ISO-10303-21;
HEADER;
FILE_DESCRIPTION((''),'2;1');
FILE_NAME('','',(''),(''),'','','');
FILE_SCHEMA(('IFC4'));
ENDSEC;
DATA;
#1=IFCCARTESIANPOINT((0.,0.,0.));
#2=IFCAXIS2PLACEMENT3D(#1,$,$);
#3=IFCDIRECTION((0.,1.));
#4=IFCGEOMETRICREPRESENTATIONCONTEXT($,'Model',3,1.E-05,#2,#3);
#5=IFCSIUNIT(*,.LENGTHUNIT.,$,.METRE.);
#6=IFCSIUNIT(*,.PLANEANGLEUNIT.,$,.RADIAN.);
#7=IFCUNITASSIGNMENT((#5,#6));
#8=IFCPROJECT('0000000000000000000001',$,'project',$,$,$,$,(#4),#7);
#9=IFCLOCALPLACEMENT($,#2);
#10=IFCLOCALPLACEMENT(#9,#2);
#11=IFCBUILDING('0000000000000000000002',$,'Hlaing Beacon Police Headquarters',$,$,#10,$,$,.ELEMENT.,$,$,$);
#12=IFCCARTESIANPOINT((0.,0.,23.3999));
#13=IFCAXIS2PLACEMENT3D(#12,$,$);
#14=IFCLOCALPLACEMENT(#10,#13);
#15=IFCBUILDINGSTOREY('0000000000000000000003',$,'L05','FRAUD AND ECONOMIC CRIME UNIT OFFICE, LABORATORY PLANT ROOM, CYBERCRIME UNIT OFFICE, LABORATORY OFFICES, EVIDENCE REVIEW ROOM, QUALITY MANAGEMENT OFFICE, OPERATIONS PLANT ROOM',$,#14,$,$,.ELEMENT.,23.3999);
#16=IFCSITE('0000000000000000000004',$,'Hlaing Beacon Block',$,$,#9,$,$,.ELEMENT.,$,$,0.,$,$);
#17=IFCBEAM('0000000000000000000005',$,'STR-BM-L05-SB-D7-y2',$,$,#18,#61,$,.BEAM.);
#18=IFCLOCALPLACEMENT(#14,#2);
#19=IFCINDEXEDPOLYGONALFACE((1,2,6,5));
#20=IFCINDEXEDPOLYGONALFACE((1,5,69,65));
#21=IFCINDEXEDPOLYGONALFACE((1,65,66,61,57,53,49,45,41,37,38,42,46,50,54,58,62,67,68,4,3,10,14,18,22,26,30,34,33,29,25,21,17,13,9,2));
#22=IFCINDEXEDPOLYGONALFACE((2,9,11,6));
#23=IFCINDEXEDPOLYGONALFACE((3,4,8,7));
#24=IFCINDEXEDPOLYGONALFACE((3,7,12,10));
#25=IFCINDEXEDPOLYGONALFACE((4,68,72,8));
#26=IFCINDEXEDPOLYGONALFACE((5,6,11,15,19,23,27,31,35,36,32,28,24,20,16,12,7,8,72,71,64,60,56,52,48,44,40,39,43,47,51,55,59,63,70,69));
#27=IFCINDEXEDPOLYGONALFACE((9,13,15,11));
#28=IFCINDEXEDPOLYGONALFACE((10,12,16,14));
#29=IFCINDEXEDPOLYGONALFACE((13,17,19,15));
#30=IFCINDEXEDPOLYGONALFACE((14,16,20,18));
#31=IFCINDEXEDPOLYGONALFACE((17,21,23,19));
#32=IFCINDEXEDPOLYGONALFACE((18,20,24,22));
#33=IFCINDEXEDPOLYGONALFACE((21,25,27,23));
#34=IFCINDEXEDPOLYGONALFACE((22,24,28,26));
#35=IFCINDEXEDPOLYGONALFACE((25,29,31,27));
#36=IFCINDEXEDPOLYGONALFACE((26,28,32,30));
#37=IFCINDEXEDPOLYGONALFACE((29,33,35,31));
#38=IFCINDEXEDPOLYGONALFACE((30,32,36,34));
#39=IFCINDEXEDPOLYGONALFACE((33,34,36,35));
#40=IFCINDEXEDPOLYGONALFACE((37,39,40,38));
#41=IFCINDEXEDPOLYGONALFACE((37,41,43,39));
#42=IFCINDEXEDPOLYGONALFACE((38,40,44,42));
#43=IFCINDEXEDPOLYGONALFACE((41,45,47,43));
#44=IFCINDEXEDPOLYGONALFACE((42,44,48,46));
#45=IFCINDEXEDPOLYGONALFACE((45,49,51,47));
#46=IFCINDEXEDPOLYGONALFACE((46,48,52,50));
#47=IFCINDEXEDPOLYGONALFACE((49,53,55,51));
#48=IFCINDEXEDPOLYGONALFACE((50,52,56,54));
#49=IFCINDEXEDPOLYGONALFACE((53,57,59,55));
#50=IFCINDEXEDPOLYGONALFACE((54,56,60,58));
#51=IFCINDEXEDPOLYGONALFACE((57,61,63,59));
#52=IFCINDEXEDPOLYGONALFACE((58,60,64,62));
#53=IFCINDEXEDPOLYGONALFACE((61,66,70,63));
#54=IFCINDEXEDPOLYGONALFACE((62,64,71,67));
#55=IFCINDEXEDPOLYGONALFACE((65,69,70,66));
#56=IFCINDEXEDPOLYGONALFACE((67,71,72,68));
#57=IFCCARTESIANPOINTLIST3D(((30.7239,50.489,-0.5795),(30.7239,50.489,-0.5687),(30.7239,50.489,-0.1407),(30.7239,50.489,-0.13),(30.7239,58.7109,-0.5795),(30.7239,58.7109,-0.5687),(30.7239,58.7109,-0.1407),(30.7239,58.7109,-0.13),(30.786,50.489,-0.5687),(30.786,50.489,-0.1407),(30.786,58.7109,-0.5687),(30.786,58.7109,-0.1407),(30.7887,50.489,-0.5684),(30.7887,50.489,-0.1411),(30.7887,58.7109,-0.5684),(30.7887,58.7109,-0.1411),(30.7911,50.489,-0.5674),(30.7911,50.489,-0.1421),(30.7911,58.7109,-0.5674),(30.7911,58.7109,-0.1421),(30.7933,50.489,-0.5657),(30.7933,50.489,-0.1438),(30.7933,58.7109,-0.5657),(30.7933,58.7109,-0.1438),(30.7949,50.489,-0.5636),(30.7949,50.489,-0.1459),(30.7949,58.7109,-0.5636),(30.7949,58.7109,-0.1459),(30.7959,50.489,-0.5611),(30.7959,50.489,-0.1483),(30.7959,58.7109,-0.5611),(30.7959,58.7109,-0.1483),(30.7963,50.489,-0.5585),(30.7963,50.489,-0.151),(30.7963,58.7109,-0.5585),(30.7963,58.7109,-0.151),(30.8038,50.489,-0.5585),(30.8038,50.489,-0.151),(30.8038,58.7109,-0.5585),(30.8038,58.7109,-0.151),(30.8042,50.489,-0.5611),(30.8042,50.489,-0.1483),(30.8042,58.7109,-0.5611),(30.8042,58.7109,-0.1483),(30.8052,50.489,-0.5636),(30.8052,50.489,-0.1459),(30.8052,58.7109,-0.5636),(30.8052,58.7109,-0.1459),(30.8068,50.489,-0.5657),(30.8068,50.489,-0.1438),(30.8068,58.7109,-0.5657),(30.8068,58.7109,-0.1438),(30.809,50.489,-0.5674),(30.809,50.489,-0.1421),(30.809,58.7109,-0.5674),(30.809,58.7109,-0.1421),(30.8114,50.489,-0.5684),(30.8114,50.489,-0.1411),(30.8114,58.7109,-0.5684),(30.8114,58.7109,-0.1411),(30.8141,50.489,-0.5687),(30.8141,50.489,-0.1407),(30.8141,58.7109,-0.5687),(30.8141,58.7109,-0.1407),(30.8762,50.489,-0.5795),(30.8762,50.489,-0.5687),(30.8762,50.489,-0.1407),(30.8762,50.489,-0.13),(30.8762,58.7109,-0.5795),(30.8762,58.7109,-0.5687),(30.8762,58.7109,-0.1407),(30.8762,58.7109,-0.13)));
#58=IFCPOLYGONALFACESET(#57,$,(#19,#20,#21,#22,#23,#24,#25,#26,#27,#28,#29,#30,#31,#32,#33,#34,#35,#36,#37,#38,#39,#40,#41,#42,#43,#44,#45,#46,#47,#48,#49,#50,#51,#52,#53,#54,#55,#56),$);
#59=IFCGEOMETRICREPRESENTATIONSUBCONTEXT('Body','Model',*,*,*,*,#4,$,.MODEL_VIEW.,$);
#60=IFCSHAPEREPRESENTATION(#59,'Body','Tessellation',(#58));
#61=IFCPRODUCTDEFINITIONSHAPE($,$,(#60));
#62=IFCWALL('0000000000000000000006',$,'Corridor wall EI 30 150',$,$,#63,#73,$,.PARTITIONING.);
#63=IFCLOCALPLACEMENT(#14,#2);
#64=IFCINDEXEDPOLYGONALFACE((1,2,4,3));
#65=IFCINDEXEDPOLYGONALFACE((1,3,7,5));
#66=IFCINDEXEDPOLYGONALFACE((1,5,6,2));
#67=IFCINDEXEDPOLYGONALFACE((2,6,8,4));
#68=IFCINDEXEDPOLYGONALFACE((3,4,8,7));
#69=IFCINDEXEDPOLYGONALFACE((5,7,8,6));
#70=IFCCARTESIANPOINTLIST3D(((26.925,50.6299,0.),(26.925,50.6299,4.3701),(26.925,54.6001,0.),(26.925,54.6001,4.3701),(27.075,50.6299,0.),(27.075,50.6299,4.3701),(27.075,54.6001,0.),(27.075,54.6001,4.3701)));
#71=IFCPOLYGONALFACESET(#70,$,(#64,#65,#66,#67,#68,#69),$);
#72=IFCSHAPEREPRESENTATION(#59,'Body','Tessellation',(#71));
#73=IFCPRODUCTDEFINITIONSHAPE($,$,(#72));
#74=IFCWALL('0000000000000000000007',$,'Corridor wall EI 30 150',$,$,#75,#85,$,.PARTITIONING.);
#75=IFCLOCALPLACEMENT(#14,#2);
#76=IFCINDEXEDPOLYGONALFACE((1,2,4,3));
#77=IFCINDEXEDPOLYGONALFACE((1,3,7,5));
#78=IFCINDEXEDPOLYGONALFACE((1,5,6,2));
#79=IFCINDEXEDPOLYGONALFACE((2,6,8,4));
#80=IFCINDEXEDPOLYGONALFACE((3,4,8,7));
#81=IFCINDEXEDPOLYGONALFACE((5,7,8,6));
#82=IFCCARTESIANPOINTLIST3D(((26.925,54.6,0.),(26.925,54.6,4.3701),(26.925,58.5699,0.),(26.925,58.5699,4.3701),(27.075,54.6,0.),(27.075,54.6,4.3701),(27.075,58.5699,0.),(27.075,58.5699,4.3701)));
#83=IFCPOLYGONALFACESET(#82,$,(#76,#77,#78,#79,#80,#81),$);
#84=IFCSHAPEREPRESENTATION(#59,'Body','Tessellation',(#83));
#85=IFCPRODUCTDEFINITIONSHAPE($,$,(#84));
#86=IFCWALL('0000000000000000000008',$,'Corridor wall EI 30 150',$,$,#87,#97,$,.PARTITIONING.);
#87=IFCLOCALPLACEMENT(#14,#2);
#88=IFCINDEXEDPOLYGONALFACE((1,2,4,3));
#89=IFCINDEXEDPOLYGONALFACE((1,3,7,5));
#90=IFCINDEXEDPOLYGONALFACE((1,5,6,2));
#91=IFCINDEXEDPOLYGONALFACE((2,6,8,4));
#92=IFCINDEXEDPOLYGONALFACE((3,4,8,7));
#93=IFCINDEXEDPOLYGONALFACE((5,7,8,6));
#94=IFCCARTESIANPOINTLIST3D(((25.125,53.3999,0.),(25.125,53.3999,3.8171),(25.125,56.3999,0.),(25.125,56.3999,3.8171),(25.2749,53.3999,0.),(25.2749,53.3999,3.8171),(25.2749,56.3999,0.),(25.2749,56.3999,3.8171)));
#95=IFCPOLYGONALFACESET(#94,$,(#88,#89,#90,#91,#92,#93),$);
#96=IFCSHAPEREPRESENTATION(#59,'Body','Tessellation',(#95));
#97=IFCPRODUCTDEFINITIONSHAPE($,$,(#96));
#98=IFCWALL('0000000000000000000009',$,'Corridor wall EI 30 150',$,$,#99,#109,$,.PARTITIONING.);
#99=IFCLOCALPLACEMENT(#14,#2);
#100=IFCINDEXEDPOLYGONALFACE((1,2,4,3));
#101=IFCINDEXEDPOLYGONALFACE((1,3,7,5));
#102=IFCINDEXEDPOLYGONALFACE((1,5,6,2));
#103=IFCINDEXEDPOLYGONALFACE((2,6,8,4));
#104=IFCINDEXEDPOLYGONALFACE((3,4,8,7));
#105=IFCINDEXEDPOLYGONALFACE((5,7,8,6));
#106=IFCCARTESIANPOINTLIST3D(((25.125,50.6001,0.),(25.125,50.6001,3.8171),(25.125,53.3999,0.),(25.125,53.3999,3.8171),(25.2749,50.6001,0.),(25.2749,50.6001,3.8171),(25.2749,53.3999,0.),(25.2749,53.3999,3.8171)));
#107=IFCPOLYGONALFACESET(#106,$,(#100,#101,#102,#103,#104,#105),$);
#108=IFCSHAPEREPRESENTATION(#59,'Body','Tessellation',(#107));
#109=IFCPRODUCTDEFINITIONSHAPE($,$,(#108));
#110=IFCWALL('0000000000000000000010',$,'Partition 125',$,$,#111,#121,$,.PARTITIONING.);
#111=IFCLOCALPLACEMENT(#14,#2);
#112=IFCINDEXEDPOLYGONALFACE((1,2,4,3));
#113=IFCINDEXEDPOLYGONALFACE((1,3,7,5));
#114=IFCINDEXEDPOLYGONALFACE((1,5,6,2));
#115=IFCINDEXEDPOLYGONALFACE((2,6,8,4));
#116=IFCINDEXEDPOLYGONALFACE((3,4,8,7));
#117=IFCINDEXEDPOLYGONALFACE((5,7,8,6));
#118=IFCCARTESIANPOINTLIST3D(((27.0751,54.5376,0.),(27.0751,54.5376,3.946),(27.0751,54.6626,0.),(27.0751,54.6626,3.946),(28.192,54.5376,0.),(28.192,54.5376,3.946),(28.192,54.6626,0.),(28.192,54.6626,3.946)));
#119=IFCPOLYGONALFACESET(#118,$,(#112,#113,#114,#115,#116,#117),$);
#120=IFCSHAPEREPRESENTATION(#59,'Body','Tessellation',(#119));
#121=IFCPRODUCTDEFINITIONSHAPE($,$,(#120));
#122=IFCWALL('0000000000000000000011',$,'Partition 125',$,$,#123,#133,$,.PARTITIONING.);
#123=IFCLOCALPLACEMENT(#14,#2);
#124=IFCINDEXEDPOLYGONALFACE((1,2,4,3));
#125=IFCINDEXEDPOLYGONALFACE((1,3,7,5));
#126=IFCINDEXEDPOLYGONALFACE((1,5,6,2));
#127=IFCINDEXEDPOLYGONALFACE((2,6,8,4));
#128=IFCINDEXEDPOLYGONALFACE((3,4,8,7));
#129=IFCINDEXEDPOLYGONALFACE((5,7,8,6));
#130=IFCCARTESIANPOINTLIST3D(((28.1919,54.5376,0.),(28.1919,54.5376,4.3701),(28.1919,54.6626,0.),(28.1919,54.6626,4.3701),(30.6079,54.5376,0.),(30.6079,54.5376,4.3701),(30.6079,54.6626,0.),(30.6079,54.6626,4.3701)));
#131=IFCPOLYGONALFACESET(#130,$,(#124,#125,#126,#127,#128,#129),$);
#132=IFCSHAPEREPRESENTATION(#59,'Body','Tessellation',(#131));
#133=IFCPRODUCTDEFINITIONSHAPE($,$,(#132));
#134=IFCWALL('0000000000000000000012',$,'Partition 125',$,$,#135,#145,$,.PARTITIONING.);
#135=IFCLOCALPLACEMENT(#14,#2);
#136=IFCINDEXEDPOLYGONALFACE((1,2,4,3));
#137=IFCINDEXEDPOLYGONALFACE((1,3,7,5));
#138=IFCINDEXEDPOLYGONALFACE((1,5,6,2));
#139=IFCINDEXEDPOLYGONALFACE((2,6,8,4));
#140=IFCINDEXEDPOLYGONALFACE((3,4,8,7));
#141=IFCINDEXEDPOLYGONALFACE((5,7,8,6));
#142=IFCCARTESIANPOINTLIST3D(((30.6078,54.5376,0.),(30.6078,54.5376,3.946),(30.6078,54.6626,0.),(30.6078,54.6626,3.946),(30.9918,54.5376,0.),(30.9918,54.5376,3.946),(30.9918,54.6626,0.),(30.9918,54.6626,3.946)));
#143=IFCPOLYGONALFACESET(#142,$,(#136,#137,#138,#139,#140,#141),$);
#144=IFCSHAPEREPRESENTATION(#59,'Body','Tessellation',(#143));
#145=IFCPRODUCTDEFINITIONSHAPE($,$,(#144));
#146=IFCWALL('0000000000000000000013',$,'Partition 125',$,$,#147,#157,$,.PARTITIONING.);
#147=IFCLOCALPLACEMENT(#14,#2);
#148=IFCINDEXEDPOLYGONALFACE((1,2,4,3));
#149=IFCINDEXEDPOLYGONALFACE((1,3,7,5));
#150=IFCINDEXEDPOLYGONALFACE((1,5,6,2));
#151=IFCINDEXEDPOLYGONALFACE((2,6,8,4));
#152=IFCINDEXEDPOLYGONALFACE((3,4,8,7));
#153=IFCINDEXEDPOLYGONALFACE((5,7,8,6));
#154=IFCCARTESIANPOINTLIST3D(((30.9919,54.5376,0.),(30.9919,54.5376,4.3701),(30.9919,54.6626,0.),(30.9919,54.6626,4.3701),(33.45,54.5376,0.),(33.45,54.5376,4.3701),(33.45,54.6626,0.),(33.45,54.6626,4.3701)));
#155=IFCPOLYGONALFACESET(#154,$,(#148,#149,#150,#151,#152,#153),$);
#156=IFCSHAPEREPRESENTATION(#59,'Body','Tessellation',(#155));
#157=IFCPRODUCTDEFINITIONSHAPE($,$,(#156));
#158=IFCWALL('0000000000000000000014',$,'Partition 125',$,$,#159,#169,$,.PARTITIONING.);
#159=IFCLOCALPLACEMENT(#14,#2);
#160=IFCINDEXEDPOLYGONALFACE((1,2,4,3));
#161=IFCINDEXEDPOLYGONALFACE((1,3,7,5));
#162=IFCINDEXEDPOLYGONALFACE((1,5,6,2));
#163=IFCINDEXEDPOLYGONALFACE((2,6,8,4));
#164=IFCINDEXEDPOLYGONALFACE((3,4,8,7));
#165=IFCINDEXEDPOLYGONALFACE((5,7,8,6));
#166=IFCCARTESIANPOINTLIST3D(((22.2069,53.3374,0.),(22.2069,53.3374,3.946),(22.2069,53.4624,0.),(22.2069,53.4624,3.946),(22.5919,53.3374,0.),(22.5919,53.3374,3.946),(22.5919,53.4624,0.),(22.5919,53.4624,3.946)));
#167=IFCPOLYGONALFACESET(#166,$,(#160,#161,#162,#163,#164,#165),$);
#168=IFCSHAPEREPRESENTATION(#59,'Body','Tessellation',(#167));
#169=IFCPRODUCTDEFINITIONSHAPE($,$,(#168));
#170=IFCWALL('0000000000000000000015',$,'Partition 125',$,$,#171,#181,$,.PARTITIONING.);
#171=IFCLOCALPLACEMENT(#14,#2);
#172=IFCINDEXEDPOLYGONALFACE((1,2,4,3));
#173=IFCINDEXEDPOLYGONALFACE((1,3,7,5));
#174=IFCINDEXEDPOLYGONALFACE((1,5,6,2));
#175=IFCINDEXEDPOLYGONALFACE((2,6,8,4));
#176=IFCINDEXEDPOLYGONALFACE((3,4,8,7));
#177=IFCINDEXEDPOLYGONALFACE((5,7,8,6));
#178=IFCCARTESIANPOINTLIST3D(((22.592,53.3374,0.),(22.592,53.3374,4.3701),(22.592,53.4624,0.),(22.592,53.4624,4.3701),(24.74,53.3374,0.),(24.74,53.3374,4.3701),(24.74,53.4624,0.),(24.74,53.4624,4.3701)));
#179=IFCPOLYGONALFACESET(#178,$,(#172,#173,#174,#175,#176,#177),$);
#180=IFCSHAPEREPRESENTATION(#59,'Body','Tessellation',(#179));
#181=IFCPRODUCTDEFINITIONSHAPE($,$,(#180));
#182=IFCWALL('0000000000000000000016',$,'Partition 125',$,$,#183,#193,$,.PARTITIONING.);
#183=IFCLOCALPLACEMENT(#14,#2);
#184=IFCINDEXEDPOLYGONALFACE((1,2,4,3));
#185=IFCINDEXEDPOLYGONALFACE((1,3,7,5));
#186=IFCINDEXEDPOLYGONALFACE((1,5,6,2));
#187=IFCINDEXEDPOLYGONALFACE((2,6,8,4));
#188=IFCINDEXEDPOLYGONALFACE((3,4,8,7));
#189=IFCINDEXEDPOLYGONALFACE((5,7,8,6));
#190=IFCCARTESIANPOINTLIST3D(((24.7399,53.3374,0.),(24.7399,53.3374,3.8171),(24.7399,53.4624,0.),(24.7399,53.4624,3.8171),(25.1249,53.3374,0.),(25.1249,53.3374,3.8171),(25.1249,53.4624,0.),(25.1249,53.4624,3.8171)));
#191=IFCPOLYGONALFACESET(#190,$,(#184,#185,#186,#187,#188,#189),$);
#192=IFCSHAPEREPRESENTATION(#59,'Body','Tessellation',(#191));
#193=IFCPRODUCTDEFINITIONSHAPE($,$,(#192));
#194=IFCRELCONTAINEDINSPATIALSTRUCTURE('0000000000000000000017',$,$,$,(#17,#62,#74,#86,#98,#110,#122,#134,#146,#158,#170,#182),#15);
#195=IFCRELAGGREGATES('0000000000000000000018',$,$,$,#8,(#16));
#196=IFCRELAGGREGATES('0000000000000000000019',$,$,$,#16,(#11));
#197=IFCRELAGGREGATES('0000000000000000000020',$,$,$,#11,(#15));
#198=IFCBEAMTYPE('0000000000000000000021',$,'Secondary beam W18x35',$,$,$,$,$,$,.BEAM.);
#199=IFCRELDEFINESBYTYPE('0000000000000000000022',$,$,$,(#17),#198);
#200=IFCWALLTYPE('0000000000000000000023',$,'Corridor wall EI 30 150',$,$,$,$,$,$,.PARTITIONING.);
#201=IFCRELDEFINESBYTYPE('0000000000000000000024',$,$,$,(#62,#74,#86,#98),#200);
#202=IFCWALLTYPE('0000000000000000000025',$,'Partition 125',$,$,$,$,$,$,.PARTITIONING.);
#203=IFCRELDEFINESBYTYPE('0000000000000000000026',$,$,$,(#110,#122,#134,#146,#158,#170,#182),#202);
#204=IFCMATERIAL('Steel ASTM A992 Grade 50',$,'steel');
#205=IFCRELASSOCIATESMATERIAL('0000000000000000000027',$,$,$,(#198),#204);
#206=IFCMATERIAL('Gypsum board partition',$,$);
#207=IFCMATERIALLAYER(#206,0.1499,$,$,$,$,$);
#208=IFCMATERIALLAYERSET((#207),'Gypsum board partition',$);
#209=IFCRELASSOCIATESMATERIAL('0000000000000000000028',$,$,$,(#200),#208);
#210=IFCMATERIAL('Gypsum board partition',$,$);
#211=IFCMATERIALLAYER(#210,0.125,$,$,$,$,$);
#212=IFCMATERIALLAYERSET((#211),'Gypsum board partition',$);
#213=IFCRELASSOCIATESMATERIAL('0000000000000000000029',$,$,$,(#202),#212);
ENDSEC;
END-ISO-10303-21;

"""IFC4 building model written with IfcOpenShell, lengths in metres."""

from ifc_helpers import new_model, si_unit, direction, frame, frame_2d, origin, origin_2d, place, context, subcontext, project, spatial, rectangle, i_section, extrude, material, layer, layer_set, material_profile, profile_set, type_object, element, save


model = new_model("IFC4")

# Units and contexts
model_context = context("Model", 3, precision=1e-05, world=origin(), true_north=direction((0.0, 1.0)))
body_context = subcontext(model_context, "Body", "Model", "MODEL_VIEW")
ifc_project = project(units=[si_unit("LENGTHUNIT", "METRE"), si_unit("PLANEANGLEUNIT", "RADIAN")], contexts=[model_context])

# Site, building, storey
site_placement = place(None, origin())
site = spatial("IfcSite", under=ifc_project, at=site_placement, Name="Hlaing Beacon Block", CompositionType="ELEMENT", RefElevation=0.0)
building_placement = place(site_placement, origin())
building = spatial("IfcBuilding", under=site, at=building_placement, Name="Hlaing Beacon Police Headquarters", CompositionType="ELEMENT")
storey_placement = place(building_placement, frame((0.0, 0.0, 23.3999)))
storey = spatial("IfcBuildingStorey", under=building, at=storey_placement, Name="L05", Description="FRAUD AND ECONOMIC CRIME UNIT OFFICE, LABORATORY PLANT ROOM, CYBERCRIME UNIT OFFICE, LABORATORY OFFICES, EVIDENCE REVIEW ROOM, QUALITY MANAGEMENT OFFICE, OPERATIONS PLANT ROOM", CompositionType="ELEMENT", Elevation=23.3999)

# Beam
ifc_material_1 = material(Name="Steel ASTM A992 Grade 50", Category="steel")
ifc_material_profile_1 = material_profile(ifc_material_1, i_section(OverallWidth=0.1523, OverallDepth=0.4495, WebThickness=0.0076, FlangeThickness=0.0107, FilletRadius=0.0103, at=origin_2d()), Name="W18x35")
ifc_profile_set_1 = profile_set([ifc_material_profile_1], Name="Steel ASTM A992 Grade 50")
beam_type_1 = type_object("IfcBeamType", Name="Secondary beam W18x35", PredefinedType="BEAM", material=ifc_profile_set_1)
for number, where, z_axis, x_axis, name in (
    (1, (30.8, 50.489, -0.3547), (0.0, 1.0, 0.0), (-1.0, 0.0, 0.0), "STR-BM-L05-SB-D7-y2"),
):
    element("IfcBeam", number, at=place(storey_placement, frame(where, z_axis=z_axis, x_axis=x_axis)), inside=storey, type_object=beam_type_1, Name=name, PredefinedType="BEAM", context=body_context, shape_type="SweptSolid", body=[
        extrude(i_section(OverallWidth=0.1523, OverallDepth=0.4495, WebThickness=0.0076, FlangeThickness=0.0107, FilletRadius=0.0103, at=origin_2d()), origin(), (0.0, 0.0, 1.0), 8.2219),
    ])

# Walls
ifc_material_2 = material(Name="Gypsum board partition")
ifc_layer_1 = layer(ifc_material_2, 0.1499)
ifc_layer_set_1 = layer_set([ifc_layer_1], Name="Gypsum board partition")
wall_type_1 = type_object("IfcWallType", Name="Corridor wall EI 30 150", PredefinedType="PARTITIONING", material=ifc_layer_set_1)
wall_1_placement = place(storey_placement, frame((27.0, 50.6299, 0.0), z_axis=(0.0, 0.0, 1.0), x_axis=(0.0, 1.0, 0.0)))
element("IfcWall", 2, at=wall_1_placement, inside=storey, type_object=wall_type_1, Name="Corridor wall EI 30 150", PredefinedType="PARTITIONING", context=body_context, shape_type="SweptSolid", body=[
    extrude(rectangle(XDim=3.9702, YDim=0.1499, at=frame_2d((1.9851, 0.0))), origin(), (0.0, 0.0, 1.0), 4.3701),
])
wall_2_placement = place(storey_placement, frame((27.0, 54.6001, 0.0), z_axis=(0.0, 0.0, 1.0), x_axis=(0.0, 1.0, 0.0)))
element("IfcWall", 3, at=wall_2_placement, inside=storey, type_object=wall_type_1, Name="Corridor wall EI 30 150", PredefinedType="PARTITIONING", context=body_context, shape_type="SweptSolid", body=[
    extrude(rectangle(XDim=3.97, YDim=0.1499, at=frame_2d((1.9849, 0.0))), origin(), (0.0, 0.0, 1.0), 4.3701),
])
wall_3_placement = place(storey_placement, frame((25.2, 53.3999, 0.0), z_axis=(0.0, 0.0, 1.0), x_axis=(0.0, 1.0, 0.0)))
element("IfcWall", 4, at=wall_3_placement, inside=storey, type_object=wall_type_1, Name="Corridor wall EI 30 150", PredefinedType="PARTITIONING", context=body_context, shape_type="SweptSolid", body=[
    extrude(rectangle(XDim=3.0, YDim=0.1499, at=frame_2d((1.5, 0.0))), origin(), (0.0, 0.0, 1.0), 3.8171),
])
wall_4_placement = place(storey_placement, frame((25.2, 50.6001, 0.0), z_axis=(0.0, 0.0, 1.0), x_axis=(0.0, 1.0, 0.0)))
element("IfcWall", 5, at=wall_4_placement, inside=storey, type_object=wall_type_1, Name="Corridor wall EI 30 150", PredefinedType="PARTITIONING", context=body_context, shape_type="SweptSolid", body=[
    extrude(rectangle(XDim=2.7998, YDim=0.1499, at=frame_2d((1.3999, 0.0))), origin(), (0.0, 0.0, 1.0), 3.8171),
])
ifc_material_3 = material(Name="Gypsum board partition")
ifc_layer_2 = layer(ifc_material_3, 0.125)
ifc_layer_set_2 = layer_set([ifc_layer_2], Name="Gypsum board partition")
wall_type_2 = type_object("IfcWallType", Name="Partition 125", PredefinedType="PARTITIONING", material=ifc_layer_set_2)
wall_5_placement = place(storey_placement, frame((27.075, 54.6001, 0.0), z_axis=(0.0, 0.0, 1.0), x_axis=(1.0, 0.0, 0.0)))
element("IfcWall", 6, at=wall_5_placement, inside=storey, type_object=wall_type_2, Name="Partition 125", PredefinedType="PARTITIONING", context=body_context, shape_type="SweptSolid", body=[
    extrude(rectangle(XDim=1.1169, YDim=0.125, at=frame_2d((0.5586, 0.0))), origin(), (0.0, 0.0, 1.0), 3.946),
])
wall_6_placement = place(storey_placement, frame((28.1919, 54.6001, 0.0), z_axis=(0.0, 0.0, 1.0), x_axis=(1.0, 0.0, 0.0)))
element("IfcWall", 7, at=wall_6_placement, inside=storey, type_object=wall_type_2, Name="Partition 125", PredefinedType="PARTITIONING", context=body_context, shape_type="SweptSolid", body=[
    extrude(rectangle(XDim=2.416, YDim=0.125, at=frame_2d((1.208, 0.0))), origin(), (0.0, 0.0, 1.0), 4.3701),
])
wall_7_placement = place(storey_placement, frame((30.6079, 54.6001, 0.0), z_axis=(0.0, 0.0, 1.0), x_axis=(1.0, 0.0, 0.0)))
element("IfcWall", 8, at=wall_7_placement, inside=storey, type_object=wall_type_2, Name="Partition 125", PredefinedType="PARTITIONING", context=body_context, shape_type="SweptSolid", body=[
    extrude(rectangle(XDim=0.384, YDim=0.125, at=frame_2d((0.1919, 0.0))), origin(), (0.0, 0.0, 1.0), 3.946),
])
wall_8_placement = place(storey_placement, frame((30.9919, 54.6001, 0.0), z_axis=(0.0, 0.0, 1.0), x_axis=(1.0, 0.0, 0.0)))
element("IfcWall", 9, at=wall_8_placement, inside=storey, type_object=wall_type_2, Name="Partition 125", PredefinedType="PARTITIONING", context=body_context, shape_type="SweptSolid", body=[
    extrude(rectangle(XDim=2.458, YDim=0.125, at=frame_2d((1.229, 0.0))), origin(), (0.0, 0.0, 1.0), 4.3701),
])
wall_9_placement = place(storey_placement, frame((22.207, 53.3999, 0.0), z_axis=(0.0, 0.0, 1.0), x_axis=(1.0, 0.0, 0.0)))
element("IfcWall", 10, at=wall_9_placement, inside=storey, type_object=wall_type_2, Name="Partition 125", PredefinedType="PARTITIONING", context=body_context, shape_type="SweptSolid", body=[
    extrude(rectangle(XDim=0.385, YDim=0.125, at=frame_2d((0.1924, 0.0))), origin(), (0.0, 0.0, 1.0), 3.946),
])
wall_10_placement = place(storey_placement, frame((22.592, 53.3999, 0.0), z_axis=(0.0, 0.0, 1.0), x_axis=(1.0, 0.0, 0.0)))
element("IfcWall", 11, at=wall_10_placement, inside=storey, type_object=wall_type_2, Name="Partition 125", PredefinedType="PARTITIONING", context=body_context, shape_type="SweptSolid", body=[
    extrude(rectangle(XDim=2.1479, YDim=0.125, at=frame_2d((1.074, 0.0))), origin(), (0.0, 0.0, 1.0), 4.3701),
])
wall_11_placement = place(storey_placement, frame((24.74, 53.3999, 0.0), z_axis=(0.0, 0.0, 1.0), x_axis=(1.0, 0.0, 0.0)))
element("IfcWall", 12, at=wall_11_placement, inside=storey, type_object=wall_type_2, Name="Partition 125", PredefinedType="PARTITIONING", context=body_context, shape_type="SweptSolid", body=[
    extrude(rectangle(XDim=0.385, YDim=0.125, at=frame_2d((0.1924, 0.0))), origin(), (0.0, 0.0, 1.0), 3.8171),
])

save(model, "model.ifc")
